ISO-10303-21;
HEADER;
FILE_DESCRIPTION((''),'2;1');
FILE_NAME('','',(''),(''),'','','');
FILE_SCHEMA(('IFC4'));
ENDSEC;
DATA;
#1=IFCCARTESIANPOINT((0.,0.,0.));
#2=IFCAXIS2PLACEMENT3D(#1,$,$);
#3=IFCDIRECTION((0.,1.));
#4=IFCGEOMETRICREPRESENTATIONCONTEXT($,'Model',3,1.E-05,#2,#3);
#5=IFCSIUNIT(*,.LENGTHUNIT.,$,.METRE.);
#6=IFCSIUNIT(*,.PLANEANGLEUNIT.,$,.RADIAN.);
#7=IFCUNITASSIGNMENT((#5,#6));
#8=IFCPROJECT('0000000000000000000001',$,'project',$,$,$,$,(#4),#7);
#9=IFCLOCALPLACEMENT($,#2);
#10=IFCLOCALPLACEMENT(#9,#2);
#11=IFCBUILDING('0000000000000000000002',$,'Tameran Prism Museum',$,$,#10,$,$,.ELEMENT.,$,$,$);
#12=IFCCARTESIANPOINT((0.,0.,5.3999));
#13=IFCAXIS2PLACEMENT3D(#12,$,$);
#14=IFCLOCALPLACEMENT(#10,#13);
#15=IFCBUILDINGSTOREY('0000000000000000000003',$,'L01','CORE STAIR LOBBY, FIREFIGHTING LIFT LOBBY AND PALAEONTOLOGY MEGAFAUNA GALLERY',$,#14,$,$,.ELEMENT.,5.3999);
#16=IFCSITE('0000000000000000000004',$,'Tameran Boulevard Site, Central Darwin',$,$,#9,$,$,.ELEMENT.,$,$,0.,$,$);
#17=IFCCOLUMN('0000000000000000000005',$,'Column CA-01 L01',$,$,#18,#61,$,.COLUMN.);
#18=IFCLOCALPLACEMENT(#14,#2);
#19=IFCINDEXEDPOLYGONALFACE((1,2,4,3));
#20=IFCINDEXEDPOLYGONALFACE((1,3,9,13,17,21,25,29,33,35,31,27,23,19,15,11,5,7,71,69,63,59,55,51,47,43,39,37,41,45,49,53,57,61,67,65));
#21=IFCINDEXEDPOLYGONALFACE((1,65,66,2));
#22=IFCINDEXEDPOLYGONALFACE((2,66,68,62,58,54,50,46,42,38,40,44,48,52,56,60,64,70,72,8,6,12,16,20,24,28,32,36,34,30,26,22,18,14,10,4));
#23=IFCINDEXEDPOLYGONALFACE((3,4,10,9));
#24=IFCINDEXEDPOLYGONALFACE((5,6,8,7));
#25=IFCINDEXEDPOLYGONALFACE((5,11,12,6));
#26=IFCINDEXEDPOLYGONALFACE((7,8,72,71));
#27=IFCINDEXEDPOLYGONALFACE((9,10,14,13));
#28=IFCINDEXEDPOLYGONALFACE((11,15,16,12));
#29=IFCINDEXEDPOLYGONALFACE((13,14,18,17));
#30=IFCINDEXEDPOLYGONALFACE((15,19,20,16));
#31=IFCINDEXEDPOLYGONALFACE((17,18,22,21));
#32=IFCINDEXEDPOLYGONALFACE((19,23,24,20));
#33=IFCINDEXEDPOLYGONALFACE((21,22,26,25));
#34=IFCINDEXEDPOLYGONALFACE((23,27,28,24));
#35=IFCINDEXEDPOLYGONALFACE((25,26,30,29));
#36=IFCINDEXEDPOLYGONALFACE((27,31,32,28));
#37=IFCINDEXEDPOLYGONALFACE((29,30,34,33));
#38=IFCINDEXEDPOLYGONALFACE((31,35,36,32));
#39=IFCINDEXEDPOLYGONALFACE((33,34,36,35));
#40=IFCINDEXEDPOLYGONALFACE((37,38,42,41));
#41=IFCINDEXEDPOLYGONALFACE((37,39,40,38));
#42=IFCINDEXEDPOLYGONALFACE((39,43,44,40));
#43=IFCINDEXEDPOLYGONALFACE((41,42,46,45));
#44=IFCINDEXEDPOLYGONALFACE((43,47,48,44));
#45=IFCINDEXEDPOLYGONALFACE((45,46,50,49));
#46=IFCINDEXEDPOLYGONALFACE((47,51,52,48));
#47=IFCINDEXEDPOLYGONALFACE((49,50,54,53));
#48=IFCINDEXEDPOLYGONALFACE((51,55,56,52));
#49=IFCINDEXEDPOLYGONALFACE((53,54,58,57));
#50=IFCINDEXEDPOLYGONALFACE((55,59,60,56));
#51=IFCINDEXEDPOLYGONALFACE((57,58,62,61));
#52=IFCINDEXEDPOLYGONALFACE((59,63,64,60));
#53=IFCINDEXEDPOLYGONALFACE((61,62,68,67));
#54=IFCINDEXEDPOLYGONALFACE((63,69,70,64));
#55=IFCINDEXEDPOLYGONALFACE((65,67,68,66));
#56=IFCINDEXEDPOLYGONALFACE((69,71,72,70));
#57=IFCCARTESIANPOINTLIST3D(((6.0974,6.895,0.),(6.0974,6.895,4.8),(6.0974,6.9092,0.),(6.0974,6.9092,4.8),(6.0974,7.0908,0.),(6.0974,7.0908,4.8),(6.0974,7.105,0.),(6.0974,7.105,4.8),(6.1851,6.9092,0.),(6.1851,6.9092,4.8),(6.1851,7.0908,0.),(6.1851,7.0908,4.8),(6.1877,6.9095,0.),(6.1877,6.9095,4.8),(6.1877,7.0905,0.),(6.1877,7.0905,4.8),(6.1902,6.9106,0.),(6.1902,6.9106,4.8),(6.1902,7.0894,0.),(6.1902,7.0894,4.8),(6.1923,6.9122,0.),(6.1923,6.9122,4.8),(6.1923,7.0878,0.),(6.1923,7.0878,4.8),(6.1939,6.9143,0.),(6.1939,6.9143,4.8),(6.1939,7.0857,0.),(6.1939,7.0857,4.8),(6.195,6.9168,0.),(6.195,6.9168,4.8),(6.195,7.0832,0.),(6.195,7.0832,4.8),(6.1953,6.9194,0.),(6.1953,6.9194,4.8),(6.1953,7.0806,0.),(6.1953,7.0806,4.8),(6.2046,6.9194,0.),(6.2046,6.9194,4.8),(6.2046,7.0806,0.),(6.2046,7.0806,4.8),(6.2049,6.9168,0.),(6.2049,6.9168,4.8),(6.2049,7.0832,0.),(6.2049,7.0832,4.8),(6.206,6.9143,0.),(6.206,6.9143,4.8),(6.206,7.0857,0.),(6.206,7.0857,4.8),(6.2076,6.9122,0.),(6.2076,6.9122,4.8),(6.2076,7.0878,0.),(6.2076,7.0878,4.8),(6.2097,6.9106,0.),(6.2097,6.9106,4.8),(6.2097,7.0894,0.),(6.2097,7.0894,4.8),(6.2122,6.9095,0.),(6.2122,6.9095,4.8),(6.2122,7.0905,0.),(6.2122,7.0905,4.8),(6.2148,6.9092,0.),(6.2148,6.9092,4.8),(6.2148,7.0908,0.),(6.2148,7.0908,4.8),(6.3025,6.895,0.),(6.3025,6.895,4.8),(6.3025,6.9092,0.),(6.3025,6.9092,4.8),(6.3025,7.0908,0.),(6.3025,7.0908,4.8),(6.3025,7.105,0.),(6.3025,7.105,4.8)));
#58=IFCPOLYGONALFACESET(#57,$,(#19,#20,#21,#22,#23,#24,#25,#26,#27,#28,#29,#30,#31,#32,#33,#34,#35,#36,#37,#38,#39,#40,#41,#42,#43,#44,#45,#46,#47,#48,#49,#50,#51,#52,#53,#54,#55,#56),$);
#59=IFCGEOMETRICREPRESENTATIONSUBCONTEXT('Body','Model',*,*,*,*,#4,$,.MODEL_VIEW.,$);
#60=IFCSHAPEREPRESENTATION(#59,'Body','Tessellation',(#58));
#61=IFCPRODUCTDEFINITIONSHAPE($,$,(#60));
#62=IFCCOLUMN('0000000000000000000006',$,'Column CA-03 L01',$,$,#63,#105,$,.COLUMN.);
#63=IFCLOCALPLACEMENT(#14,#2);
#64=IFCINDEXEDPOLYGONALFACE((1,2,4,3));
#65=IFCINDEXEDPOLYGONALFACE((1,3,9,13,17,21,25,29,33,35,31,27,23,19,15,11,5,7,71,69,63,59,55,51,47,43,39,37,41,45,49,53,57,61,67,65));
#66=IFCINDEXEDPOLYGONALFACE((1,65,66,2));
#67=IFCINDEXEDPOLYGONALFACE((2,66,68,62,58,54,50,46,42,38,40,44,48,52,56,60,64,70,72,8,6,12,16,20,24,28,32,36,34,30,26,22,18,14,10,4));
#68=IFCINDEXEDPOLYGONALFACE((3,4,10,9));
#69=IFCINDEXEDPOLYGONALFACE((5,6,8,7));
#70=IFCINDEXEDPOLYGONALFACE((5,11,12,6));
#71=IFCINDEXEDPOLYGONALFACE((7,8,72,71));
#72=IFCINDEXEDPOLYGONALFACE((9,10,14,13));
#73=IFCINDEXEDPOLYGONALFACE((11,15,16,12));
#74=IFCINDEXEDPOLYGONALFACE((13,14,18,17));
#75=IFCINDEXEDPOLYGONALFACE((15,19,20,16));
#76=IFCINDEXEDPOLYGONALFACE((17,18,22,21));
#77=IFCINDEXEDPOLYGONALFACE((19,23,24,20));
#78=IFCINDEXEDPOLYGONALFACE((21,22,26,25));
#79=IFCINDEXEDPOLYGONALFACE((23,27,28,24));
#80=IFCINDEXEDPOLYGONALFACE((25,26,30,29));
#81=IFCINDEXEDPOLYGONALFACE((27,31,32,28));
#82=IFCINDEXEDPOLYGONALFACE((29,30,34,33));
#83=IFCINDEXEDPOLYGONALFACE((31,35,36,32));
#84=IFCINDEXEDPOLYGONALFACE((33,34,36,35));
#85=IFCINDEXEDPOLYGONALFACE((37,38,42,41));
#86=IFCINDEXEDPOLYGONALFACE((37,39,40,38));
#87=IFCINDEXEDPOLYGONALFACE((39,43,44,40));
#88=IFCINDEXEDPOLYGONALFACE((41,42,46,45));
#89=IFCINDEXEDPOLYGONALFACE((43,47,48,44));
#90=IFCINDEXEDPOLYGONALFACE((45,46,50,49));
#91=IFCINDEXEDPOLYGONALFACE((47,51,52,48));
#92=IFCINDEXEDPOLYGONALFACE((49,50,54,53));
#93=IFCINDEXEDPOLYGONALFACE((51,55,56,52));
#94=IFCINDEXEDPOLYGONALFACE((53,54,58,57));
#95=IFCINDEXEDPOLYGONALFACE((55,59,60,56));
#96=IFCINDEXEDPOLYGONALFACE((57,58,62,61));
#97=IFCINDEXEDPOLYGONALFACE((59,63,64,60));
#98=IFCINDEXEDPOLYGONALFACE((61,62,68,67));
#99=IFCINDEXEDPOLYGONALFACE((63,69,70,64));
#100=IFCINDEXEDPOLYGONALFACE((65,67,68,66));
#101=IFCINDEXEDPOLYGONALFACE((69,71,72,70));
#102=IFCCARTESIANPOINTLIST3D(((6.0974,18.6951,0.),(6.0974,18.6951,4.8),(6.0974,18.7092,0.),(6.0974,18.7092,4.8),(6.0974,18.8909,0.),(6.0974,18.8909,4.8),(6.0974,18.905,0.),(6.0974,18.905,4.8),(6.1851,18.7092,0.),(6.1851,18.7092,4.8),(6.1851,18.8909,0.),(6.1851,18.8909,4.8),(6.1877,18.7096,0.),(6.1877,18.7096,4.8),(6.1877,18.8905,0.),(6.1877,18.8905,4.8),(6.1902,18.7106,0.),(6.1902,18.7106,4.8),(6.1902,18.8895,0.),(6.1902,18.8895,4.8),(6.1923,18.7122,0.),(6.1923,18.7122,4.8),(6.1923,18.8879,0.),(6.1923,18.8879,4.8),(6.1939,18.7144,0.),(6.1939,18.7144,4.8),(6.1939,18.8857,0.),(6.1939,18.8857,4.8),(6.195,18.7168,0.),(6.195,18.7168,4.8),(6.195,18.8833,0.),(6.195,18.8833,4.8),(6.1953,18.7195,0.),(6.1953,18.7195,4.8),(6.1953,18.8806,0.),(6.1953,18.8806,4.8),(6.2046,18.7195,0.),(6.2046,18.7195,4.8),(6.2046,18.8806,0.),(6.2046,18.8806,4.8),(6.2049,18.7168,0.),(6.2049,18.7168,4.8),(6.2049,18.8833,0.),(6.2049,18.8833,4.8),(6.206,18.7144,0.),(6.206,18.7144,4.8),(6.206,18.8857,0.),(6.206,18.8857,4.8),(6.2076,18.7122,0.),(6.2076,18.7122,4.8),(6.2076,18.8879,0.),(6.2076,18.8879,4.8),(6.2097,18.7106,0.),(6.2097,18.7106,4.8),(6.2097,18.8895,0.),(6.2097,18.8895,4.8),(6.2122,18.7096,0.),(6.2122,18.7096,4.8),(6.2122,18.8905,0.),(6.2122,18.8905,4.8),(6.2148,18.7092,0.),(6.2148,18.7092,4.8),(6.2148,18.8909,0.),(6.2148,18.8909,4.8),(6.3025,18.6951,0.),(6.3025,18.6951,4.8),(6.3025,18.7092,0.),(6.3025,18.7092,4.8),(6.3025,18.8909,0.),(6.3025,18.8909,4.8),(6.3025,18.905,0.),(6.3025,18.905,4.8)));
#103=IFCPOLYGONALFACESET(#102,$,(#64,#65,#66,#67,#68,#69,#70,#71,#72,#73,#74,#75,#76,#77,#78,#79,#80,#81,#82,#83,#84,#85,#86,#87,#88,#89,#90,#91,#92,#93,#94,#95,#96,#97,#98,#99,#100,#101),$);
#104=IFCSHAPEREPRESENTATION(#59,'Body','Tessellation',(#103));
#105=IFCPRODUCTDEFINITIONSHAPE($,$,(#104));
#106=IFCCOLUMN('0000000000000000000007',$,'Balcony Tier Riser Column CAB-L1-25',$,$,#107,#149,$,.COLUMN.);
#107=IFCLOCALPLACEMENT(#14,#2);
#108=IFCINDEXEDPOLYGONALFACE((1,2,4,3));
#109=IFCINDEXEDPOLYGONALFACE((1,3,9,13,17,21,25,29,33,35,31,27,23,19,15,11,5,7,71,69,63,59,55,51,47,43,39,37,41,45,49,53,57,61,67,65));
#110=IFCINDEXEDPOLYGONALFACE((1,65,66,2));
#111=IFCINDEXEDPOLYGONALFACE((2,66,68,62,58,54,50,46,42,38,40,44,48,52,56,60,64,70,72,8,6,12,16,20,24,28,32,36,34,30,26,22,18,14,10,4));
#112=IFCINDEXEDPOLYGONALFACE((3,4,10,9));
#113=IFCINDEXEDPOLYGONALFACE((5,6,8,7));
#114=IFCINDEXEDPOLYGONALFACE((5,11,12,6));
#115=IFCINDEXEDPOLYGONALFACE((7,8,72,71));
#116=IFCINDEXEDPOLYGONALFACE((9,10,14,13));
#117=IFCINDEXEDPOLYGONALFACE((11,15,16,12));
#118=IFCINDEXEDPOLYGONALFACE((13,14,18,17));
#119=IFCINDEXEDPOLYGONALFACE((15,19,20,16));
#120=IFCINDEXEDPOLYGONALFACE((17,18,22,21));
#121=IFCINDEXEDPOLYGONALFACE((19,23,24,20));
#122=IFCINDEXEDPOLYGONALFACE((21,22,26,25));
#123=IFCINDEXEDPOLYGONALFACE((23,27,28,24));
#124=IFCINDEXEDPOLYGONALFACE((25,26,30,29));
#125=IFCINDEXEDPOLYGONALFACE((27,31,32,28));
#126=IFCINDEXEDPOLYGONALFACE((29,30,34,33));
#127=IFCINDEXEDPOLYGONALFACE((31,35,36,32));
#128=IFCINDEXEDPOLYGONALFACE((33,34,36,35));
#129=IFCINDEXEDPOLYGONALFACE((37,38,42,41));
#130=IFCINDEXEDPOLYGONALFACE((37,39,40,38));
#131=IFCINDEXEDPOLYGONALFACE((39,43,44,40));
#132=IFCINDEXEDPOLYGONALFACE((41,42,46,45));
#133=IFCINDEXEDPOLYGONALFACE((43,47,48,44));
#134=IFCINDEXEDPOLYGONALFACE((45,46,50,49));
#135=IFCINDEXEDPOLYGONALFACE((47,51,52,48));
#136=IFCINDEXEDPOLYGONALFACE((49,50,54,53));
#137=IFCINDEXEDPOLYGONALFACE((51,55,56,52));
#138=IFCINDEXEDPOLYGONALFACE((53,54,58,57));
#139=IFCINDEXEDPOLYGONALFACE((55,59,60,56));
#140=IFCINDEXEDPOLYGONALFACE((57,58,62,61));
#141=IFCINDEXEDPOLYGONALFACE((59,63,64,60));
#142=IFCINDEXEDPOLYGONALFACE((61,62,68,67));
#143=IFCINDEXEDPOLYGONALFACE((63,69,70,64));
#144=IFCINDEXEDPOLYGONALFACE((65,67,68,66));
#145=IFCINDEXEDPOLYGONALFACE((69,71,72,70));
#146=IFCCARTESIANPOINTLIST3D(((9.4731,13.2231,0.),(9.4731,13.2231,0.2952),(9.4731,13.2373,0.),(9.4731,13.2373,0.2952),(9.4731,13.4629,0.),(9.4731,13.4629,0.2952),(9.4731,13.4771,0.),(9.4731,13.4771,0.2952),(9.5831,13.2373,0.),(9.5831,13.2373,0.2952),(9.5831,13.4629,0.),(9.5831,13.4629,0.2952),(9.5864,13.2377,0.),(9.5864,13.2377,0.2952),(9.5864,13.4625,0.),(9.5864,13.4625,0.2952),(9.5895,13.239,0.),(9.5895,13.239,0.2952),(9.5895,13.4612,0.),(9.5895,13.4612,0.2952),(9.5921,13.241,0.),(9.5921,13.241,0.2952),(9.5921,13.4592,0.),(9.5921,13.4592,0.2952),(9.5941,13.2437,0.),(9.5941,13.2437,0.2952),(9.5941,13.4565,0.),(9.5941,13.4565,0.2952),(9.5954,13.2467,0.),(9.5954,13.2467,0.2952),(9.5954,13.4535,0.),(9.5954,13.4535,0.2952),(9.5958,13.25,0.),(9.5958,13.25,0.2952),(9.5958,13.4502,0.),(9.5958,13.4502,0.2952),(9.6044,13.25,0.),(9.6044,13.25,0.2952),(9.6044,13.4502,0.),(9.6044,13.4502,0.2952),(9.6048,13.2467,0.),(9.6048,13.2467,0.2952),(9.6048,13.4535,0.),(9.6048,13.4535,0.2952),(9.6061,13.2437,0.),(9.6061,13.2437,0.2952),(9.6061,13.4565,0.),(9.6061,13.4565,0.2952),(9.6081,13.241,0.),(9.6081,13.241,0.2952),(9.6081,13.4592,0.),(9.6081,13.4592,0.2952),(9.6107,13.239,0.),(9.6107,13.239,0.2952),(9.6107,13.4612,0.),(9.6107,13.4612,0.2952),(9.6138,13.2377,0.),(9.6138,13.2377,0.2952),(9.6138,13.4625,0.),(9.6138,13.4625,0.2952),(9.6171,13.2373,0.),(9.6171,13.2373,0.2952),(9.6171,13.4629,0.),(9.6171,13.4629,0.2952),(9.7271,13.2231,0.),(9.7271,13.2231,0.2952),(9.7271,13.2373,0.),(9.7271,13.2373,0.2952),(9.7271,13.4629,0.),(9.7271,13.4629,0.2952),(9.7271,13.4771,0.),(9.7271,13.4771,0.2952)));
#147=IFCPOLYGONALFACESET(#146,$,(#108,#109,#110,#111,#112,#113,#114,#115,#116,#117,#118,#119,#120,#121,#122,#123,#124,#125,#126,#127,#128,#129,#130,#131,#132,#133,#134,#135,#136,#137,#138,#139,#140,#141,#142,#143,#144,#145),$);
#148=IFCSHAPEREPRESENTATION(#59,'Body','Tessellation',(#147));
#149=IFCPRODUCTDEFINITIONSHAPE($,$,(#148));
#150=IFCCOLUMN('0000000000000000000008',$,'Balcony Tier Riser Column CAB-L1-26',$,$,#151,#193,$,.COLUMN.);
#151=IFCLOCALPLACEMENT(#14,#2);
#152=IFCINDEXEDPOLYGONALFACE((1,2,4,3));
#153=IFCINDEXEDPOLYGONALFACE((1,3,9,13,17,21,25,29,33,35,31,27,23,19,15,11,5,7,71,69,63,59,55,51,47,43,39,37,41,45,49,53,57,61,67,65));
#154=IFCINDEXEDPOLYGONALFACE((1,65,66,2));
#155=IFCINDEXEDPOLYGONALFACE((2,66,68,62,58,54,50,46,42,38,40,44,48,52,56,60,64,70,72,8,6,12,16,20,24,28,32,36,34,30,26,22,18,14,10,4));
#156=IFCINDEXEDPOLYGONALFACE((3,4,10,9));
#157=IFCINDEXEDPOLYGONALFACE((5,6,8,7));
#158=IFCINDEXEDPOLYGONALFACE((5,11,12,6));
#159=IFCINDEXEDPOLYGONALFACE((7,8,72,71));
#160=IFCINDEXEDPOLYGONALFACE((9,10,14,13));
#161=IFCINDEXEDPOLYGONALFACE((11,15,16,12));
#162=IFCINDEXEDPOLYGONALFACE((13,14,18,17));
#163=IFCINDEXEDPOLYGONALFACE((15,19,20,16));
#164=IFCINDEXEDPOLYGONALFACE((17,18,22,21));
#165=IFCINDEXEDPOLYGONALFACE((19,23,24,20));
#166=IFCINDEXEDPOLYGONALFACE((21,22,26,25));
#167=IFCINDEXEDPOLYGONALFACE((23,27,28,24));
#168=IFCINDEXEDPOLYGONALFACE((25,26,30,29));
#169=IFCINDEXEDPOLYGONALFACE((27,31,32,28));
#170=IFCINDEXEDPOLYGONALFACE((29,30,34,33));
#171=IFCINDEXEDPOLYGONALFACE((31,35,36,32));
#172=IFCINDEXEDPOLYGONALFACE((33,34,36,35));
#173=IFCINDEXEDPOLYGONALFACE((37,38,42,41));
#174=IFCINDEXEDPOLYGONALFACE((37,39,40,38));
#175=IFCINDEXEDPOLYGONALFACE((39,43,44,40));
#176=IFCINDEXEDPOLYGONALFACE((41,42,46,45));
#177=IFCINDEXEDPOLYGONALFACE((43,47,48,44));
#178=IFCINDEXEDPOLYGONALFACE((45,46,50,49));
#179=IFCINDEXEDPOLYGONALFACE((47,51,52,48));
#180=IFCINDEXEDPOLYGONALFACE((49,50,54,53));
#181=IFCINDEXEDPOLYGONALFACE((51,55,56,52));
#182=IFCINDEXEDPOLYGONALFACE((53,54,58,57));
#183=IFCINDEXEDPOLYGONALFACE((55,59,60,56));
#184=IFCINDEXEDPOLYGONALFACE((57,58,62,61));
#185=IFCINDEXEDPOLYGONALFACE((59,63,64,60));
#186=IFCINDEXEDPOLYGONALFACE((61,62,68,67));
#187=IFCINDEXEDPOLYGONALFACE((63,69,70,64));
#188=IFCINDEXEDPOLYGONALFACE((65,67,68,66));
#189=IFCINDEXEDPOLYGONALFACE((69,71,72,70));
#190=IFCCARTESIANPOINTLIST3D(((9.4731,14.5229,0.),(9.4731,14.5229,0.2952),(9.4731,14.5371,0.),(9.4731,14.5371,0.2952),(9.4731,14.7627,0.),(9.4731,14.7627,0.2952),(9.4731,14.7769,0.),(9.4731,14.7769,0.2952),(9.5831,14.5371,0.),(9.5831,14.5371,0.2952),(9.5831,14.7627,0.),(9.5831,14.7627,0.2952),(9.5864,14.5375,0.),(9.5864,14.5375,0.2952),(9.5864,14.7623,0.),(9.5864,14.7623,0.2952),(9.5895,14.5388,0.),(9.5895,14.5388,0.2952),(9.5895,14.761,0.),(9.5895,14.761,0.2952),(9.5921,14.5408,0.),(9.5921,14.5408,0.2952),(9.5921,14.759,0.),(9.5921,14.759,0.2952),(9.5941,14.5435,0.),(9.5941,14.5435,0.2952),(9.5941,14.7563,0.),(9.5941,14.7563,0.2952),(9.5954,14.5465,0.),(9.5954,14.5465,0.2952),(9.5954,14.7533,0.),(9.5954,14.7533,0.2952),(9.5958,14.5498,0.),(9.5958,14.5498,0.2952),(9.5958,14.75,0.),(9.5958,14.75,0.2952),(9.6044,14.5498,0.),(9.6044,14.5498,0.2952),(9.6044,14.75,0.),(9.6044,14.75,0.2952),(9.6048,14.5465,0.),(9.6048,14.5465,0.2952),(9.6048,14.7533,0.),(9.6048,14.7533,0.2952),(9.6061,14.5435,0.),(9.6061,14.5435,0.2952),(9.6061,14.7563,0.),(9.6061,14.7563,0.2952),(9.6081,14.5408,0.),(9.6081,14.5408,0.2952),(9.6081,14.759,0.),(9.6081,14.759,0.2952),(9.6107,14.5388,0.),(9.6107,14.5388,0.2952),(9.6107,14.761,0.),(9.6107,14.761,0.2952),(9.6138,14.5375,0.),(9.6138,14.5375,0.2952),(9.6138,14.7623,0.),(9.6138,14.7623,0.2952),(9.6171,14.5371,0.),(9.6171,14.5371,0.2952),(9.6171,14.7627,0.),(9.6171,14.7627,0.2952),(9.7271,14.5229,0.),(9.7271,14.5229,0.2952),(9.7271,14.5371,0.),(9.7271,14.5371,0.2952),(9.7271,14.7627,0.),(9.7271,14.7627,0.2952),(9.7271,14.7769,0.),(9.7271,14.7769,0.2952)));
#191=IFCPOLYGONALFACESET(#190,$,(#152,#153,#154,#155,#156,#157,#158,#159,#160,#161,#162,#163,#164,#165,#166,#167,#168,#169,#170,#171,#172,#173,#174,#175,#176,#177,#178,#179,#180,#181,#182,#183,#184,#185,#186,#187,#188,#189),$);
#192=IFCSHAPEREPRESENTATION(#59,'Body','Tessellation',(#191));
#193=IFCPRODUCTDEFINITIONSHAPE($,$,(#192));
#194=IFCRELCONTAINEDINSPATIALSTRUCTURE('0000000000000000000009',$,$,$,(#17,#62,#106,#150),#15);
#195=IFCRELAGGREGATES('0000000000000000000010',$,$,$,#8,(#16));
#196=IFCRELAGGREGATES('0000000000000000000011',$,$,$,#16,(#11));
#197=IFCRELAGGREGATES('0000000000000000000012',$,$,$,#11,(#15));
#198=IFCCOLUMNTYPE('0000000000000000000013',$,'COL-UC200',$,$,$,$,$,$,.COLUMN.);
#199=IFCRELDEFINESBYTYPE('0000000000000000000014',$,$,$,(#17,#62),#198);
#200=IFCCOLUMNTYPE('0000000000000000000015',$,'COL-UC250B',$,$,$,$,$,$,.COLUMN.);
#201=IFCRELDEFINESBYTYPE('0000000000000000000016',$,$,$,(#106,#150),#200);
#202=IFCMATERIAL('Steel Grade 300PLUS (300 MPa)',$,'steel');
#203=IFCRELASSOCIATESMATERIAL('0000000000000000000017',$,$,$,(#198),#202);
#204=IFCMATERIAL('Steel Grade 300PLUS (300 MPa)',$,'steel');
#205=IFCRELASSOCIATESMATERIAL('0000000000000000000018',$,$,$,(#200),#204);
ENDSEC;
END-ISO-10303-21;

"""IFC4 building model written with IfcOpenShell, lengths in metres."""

from ifc_helpers import new_model, si_unit, direction, frame, origin, origin_2d, place, context, subcontext, project, spatial, i_section, extrude, material, material_profile, profile_set, type_object, element, save


model = new_model("IFC4")

# Units and contexts
model_context = context("Model", 3, precision=1e-05, world=origin(), true_north=direction((0.0, 1.0)))
body_context = subcontext(model_context, "Body", "Model", "MODEL_VIEW")
ifc_project = project(units=[si_unit("LENGTHUNIT", "METRE"), si_unit("PLANEANGLEUNIT", "RADIAN")], contexts=[model_context])

# Site, building, storey
site_placement = place(None, origin())
site = spatial("IfcSite", under=ifc_project, at=site_placement, Name="Tameran Boulevard Site, Central Darwin", CompositionType="ELEMENT", RefElevation=0.0)
building_placement = place(site_placement, origin())
building = spatial("IfcBuilding", under=site, at=building_placement, Name="Tameran Prism Museum", CompositionType="ELEMENT")
storey_placement = place(building_placement, frame((0.0, 0.0, 5.3999)))
storey = spatial("IfcBuildingStorey", under=building, at=storey_placement, Name="L01", Description="CORE STAIR LOBBY, FIREFIGHTING LIFT LOBBY AND PALAEONTOLOGY MEGAFAUNA GALLERY", CompositionType="ELEMENT", Elevation=5.3999)

# Columns
ifc_material_1 = material(Name="Steel Grade 300PLUS (300 MPa)", Category="steel")
ifc_material_profile_1 = material_profile(ifc_material_1, i_section(OverallWidth=0.2051, OverallDepth=0.21, WebThickness=0.0093, FlangeThickness=0.0142, FilletRadius=0.0103, at=origin_2d()))
ifc_profile_set_1 = profile_set([ifc_material_profile_1])
column_type_1 = type_object("IfcColumnType", Name="COL-UC200", PredefinedType="COLUMN", material=ifc_profile_set_1)
for number, where, z_axis, x_axis, name in (
    (1, (6.2, 7.0, 0.0), (0.0, 0.0, 1.0), (1.0, 0.0, 0.0), "Column CA-01 L01"),
    (2, (6.2, 18.8, 0.0), (0.0, 0.0, 1.0), (1.0, 0.0, 0.0), "Column CA-03 L01"),
):
    element("IfcColumn", number, at=place(storey_placement, frame(where, z_axis=z_axis, x_axis=x_axis)), inside=storey, type_object=column_type_1, Name=name, PredefinedType="COLUMN", context=body_context, shape_type="SweptSolid", body=[
        extrude(i_section(OverallWidth=0.2051, OverallDepth=0.21, WebThickness=0.0093, FlangeThickness=0.0142, FilletRadius=0.0103, at=origin_2d()), origin(), (0.0, 0.0, 1.0), 4.8),
    ])
ifc_material_2 = material(Name="Steel Grade 300PLUS (300 MPa)", Category="steel")
ifc_material_profile_2 = material_profile(ifc_material_2, i_section(OverallWidth=0.2539, OverallDepth=0.2539, WebThickness=0.0085, FlangeThickness=0.0142, FilletRadius=0.0127, at=origin_2d()))
ifc_profile_set_2 = profile_set([ifc_material_profile_2])
column_type_2 = type_object("IfcColumnType", Name="COL-UC250B", PredefinedType="COLUMN", material=ifc_profile_set_2)
for number, where, z_axis, x_axis, name in (
    (3, (9.6001, 13.3501, 0.0), (0.0, 0.0, 1.0), (1.0, 0.0, 0.0), "Balcony Tier Riser Column CAB-L1-25"),
    (4, (9.6001, 14.6499, 0.0), (0.0, 0.0, 1.0), (1.0, 0.0, 0.0), "Balcony Tier Riser Column CAB-L1-26"),
):
    element("IfcColumn", number, at=place(storey_placement, frame(where, z_axis=z_axis, x_axis=x_axis)), inside=storey, type_object=column_type_2, Name=name, PredefinedType="COLUMN", context=body_context, shape_type="SweptSolid", body=[
        extrude(i_section(OverallWidth=0.2539, OverallDepth=0.2539, WebThickness=0.0085, FlangeThickness=0.0142, FilletRadius=0.0127, at=origin_2d()), origin(), (0.0, 0.0, 1.0), 0.2952),
    ])

save(model, "model.ifc")
